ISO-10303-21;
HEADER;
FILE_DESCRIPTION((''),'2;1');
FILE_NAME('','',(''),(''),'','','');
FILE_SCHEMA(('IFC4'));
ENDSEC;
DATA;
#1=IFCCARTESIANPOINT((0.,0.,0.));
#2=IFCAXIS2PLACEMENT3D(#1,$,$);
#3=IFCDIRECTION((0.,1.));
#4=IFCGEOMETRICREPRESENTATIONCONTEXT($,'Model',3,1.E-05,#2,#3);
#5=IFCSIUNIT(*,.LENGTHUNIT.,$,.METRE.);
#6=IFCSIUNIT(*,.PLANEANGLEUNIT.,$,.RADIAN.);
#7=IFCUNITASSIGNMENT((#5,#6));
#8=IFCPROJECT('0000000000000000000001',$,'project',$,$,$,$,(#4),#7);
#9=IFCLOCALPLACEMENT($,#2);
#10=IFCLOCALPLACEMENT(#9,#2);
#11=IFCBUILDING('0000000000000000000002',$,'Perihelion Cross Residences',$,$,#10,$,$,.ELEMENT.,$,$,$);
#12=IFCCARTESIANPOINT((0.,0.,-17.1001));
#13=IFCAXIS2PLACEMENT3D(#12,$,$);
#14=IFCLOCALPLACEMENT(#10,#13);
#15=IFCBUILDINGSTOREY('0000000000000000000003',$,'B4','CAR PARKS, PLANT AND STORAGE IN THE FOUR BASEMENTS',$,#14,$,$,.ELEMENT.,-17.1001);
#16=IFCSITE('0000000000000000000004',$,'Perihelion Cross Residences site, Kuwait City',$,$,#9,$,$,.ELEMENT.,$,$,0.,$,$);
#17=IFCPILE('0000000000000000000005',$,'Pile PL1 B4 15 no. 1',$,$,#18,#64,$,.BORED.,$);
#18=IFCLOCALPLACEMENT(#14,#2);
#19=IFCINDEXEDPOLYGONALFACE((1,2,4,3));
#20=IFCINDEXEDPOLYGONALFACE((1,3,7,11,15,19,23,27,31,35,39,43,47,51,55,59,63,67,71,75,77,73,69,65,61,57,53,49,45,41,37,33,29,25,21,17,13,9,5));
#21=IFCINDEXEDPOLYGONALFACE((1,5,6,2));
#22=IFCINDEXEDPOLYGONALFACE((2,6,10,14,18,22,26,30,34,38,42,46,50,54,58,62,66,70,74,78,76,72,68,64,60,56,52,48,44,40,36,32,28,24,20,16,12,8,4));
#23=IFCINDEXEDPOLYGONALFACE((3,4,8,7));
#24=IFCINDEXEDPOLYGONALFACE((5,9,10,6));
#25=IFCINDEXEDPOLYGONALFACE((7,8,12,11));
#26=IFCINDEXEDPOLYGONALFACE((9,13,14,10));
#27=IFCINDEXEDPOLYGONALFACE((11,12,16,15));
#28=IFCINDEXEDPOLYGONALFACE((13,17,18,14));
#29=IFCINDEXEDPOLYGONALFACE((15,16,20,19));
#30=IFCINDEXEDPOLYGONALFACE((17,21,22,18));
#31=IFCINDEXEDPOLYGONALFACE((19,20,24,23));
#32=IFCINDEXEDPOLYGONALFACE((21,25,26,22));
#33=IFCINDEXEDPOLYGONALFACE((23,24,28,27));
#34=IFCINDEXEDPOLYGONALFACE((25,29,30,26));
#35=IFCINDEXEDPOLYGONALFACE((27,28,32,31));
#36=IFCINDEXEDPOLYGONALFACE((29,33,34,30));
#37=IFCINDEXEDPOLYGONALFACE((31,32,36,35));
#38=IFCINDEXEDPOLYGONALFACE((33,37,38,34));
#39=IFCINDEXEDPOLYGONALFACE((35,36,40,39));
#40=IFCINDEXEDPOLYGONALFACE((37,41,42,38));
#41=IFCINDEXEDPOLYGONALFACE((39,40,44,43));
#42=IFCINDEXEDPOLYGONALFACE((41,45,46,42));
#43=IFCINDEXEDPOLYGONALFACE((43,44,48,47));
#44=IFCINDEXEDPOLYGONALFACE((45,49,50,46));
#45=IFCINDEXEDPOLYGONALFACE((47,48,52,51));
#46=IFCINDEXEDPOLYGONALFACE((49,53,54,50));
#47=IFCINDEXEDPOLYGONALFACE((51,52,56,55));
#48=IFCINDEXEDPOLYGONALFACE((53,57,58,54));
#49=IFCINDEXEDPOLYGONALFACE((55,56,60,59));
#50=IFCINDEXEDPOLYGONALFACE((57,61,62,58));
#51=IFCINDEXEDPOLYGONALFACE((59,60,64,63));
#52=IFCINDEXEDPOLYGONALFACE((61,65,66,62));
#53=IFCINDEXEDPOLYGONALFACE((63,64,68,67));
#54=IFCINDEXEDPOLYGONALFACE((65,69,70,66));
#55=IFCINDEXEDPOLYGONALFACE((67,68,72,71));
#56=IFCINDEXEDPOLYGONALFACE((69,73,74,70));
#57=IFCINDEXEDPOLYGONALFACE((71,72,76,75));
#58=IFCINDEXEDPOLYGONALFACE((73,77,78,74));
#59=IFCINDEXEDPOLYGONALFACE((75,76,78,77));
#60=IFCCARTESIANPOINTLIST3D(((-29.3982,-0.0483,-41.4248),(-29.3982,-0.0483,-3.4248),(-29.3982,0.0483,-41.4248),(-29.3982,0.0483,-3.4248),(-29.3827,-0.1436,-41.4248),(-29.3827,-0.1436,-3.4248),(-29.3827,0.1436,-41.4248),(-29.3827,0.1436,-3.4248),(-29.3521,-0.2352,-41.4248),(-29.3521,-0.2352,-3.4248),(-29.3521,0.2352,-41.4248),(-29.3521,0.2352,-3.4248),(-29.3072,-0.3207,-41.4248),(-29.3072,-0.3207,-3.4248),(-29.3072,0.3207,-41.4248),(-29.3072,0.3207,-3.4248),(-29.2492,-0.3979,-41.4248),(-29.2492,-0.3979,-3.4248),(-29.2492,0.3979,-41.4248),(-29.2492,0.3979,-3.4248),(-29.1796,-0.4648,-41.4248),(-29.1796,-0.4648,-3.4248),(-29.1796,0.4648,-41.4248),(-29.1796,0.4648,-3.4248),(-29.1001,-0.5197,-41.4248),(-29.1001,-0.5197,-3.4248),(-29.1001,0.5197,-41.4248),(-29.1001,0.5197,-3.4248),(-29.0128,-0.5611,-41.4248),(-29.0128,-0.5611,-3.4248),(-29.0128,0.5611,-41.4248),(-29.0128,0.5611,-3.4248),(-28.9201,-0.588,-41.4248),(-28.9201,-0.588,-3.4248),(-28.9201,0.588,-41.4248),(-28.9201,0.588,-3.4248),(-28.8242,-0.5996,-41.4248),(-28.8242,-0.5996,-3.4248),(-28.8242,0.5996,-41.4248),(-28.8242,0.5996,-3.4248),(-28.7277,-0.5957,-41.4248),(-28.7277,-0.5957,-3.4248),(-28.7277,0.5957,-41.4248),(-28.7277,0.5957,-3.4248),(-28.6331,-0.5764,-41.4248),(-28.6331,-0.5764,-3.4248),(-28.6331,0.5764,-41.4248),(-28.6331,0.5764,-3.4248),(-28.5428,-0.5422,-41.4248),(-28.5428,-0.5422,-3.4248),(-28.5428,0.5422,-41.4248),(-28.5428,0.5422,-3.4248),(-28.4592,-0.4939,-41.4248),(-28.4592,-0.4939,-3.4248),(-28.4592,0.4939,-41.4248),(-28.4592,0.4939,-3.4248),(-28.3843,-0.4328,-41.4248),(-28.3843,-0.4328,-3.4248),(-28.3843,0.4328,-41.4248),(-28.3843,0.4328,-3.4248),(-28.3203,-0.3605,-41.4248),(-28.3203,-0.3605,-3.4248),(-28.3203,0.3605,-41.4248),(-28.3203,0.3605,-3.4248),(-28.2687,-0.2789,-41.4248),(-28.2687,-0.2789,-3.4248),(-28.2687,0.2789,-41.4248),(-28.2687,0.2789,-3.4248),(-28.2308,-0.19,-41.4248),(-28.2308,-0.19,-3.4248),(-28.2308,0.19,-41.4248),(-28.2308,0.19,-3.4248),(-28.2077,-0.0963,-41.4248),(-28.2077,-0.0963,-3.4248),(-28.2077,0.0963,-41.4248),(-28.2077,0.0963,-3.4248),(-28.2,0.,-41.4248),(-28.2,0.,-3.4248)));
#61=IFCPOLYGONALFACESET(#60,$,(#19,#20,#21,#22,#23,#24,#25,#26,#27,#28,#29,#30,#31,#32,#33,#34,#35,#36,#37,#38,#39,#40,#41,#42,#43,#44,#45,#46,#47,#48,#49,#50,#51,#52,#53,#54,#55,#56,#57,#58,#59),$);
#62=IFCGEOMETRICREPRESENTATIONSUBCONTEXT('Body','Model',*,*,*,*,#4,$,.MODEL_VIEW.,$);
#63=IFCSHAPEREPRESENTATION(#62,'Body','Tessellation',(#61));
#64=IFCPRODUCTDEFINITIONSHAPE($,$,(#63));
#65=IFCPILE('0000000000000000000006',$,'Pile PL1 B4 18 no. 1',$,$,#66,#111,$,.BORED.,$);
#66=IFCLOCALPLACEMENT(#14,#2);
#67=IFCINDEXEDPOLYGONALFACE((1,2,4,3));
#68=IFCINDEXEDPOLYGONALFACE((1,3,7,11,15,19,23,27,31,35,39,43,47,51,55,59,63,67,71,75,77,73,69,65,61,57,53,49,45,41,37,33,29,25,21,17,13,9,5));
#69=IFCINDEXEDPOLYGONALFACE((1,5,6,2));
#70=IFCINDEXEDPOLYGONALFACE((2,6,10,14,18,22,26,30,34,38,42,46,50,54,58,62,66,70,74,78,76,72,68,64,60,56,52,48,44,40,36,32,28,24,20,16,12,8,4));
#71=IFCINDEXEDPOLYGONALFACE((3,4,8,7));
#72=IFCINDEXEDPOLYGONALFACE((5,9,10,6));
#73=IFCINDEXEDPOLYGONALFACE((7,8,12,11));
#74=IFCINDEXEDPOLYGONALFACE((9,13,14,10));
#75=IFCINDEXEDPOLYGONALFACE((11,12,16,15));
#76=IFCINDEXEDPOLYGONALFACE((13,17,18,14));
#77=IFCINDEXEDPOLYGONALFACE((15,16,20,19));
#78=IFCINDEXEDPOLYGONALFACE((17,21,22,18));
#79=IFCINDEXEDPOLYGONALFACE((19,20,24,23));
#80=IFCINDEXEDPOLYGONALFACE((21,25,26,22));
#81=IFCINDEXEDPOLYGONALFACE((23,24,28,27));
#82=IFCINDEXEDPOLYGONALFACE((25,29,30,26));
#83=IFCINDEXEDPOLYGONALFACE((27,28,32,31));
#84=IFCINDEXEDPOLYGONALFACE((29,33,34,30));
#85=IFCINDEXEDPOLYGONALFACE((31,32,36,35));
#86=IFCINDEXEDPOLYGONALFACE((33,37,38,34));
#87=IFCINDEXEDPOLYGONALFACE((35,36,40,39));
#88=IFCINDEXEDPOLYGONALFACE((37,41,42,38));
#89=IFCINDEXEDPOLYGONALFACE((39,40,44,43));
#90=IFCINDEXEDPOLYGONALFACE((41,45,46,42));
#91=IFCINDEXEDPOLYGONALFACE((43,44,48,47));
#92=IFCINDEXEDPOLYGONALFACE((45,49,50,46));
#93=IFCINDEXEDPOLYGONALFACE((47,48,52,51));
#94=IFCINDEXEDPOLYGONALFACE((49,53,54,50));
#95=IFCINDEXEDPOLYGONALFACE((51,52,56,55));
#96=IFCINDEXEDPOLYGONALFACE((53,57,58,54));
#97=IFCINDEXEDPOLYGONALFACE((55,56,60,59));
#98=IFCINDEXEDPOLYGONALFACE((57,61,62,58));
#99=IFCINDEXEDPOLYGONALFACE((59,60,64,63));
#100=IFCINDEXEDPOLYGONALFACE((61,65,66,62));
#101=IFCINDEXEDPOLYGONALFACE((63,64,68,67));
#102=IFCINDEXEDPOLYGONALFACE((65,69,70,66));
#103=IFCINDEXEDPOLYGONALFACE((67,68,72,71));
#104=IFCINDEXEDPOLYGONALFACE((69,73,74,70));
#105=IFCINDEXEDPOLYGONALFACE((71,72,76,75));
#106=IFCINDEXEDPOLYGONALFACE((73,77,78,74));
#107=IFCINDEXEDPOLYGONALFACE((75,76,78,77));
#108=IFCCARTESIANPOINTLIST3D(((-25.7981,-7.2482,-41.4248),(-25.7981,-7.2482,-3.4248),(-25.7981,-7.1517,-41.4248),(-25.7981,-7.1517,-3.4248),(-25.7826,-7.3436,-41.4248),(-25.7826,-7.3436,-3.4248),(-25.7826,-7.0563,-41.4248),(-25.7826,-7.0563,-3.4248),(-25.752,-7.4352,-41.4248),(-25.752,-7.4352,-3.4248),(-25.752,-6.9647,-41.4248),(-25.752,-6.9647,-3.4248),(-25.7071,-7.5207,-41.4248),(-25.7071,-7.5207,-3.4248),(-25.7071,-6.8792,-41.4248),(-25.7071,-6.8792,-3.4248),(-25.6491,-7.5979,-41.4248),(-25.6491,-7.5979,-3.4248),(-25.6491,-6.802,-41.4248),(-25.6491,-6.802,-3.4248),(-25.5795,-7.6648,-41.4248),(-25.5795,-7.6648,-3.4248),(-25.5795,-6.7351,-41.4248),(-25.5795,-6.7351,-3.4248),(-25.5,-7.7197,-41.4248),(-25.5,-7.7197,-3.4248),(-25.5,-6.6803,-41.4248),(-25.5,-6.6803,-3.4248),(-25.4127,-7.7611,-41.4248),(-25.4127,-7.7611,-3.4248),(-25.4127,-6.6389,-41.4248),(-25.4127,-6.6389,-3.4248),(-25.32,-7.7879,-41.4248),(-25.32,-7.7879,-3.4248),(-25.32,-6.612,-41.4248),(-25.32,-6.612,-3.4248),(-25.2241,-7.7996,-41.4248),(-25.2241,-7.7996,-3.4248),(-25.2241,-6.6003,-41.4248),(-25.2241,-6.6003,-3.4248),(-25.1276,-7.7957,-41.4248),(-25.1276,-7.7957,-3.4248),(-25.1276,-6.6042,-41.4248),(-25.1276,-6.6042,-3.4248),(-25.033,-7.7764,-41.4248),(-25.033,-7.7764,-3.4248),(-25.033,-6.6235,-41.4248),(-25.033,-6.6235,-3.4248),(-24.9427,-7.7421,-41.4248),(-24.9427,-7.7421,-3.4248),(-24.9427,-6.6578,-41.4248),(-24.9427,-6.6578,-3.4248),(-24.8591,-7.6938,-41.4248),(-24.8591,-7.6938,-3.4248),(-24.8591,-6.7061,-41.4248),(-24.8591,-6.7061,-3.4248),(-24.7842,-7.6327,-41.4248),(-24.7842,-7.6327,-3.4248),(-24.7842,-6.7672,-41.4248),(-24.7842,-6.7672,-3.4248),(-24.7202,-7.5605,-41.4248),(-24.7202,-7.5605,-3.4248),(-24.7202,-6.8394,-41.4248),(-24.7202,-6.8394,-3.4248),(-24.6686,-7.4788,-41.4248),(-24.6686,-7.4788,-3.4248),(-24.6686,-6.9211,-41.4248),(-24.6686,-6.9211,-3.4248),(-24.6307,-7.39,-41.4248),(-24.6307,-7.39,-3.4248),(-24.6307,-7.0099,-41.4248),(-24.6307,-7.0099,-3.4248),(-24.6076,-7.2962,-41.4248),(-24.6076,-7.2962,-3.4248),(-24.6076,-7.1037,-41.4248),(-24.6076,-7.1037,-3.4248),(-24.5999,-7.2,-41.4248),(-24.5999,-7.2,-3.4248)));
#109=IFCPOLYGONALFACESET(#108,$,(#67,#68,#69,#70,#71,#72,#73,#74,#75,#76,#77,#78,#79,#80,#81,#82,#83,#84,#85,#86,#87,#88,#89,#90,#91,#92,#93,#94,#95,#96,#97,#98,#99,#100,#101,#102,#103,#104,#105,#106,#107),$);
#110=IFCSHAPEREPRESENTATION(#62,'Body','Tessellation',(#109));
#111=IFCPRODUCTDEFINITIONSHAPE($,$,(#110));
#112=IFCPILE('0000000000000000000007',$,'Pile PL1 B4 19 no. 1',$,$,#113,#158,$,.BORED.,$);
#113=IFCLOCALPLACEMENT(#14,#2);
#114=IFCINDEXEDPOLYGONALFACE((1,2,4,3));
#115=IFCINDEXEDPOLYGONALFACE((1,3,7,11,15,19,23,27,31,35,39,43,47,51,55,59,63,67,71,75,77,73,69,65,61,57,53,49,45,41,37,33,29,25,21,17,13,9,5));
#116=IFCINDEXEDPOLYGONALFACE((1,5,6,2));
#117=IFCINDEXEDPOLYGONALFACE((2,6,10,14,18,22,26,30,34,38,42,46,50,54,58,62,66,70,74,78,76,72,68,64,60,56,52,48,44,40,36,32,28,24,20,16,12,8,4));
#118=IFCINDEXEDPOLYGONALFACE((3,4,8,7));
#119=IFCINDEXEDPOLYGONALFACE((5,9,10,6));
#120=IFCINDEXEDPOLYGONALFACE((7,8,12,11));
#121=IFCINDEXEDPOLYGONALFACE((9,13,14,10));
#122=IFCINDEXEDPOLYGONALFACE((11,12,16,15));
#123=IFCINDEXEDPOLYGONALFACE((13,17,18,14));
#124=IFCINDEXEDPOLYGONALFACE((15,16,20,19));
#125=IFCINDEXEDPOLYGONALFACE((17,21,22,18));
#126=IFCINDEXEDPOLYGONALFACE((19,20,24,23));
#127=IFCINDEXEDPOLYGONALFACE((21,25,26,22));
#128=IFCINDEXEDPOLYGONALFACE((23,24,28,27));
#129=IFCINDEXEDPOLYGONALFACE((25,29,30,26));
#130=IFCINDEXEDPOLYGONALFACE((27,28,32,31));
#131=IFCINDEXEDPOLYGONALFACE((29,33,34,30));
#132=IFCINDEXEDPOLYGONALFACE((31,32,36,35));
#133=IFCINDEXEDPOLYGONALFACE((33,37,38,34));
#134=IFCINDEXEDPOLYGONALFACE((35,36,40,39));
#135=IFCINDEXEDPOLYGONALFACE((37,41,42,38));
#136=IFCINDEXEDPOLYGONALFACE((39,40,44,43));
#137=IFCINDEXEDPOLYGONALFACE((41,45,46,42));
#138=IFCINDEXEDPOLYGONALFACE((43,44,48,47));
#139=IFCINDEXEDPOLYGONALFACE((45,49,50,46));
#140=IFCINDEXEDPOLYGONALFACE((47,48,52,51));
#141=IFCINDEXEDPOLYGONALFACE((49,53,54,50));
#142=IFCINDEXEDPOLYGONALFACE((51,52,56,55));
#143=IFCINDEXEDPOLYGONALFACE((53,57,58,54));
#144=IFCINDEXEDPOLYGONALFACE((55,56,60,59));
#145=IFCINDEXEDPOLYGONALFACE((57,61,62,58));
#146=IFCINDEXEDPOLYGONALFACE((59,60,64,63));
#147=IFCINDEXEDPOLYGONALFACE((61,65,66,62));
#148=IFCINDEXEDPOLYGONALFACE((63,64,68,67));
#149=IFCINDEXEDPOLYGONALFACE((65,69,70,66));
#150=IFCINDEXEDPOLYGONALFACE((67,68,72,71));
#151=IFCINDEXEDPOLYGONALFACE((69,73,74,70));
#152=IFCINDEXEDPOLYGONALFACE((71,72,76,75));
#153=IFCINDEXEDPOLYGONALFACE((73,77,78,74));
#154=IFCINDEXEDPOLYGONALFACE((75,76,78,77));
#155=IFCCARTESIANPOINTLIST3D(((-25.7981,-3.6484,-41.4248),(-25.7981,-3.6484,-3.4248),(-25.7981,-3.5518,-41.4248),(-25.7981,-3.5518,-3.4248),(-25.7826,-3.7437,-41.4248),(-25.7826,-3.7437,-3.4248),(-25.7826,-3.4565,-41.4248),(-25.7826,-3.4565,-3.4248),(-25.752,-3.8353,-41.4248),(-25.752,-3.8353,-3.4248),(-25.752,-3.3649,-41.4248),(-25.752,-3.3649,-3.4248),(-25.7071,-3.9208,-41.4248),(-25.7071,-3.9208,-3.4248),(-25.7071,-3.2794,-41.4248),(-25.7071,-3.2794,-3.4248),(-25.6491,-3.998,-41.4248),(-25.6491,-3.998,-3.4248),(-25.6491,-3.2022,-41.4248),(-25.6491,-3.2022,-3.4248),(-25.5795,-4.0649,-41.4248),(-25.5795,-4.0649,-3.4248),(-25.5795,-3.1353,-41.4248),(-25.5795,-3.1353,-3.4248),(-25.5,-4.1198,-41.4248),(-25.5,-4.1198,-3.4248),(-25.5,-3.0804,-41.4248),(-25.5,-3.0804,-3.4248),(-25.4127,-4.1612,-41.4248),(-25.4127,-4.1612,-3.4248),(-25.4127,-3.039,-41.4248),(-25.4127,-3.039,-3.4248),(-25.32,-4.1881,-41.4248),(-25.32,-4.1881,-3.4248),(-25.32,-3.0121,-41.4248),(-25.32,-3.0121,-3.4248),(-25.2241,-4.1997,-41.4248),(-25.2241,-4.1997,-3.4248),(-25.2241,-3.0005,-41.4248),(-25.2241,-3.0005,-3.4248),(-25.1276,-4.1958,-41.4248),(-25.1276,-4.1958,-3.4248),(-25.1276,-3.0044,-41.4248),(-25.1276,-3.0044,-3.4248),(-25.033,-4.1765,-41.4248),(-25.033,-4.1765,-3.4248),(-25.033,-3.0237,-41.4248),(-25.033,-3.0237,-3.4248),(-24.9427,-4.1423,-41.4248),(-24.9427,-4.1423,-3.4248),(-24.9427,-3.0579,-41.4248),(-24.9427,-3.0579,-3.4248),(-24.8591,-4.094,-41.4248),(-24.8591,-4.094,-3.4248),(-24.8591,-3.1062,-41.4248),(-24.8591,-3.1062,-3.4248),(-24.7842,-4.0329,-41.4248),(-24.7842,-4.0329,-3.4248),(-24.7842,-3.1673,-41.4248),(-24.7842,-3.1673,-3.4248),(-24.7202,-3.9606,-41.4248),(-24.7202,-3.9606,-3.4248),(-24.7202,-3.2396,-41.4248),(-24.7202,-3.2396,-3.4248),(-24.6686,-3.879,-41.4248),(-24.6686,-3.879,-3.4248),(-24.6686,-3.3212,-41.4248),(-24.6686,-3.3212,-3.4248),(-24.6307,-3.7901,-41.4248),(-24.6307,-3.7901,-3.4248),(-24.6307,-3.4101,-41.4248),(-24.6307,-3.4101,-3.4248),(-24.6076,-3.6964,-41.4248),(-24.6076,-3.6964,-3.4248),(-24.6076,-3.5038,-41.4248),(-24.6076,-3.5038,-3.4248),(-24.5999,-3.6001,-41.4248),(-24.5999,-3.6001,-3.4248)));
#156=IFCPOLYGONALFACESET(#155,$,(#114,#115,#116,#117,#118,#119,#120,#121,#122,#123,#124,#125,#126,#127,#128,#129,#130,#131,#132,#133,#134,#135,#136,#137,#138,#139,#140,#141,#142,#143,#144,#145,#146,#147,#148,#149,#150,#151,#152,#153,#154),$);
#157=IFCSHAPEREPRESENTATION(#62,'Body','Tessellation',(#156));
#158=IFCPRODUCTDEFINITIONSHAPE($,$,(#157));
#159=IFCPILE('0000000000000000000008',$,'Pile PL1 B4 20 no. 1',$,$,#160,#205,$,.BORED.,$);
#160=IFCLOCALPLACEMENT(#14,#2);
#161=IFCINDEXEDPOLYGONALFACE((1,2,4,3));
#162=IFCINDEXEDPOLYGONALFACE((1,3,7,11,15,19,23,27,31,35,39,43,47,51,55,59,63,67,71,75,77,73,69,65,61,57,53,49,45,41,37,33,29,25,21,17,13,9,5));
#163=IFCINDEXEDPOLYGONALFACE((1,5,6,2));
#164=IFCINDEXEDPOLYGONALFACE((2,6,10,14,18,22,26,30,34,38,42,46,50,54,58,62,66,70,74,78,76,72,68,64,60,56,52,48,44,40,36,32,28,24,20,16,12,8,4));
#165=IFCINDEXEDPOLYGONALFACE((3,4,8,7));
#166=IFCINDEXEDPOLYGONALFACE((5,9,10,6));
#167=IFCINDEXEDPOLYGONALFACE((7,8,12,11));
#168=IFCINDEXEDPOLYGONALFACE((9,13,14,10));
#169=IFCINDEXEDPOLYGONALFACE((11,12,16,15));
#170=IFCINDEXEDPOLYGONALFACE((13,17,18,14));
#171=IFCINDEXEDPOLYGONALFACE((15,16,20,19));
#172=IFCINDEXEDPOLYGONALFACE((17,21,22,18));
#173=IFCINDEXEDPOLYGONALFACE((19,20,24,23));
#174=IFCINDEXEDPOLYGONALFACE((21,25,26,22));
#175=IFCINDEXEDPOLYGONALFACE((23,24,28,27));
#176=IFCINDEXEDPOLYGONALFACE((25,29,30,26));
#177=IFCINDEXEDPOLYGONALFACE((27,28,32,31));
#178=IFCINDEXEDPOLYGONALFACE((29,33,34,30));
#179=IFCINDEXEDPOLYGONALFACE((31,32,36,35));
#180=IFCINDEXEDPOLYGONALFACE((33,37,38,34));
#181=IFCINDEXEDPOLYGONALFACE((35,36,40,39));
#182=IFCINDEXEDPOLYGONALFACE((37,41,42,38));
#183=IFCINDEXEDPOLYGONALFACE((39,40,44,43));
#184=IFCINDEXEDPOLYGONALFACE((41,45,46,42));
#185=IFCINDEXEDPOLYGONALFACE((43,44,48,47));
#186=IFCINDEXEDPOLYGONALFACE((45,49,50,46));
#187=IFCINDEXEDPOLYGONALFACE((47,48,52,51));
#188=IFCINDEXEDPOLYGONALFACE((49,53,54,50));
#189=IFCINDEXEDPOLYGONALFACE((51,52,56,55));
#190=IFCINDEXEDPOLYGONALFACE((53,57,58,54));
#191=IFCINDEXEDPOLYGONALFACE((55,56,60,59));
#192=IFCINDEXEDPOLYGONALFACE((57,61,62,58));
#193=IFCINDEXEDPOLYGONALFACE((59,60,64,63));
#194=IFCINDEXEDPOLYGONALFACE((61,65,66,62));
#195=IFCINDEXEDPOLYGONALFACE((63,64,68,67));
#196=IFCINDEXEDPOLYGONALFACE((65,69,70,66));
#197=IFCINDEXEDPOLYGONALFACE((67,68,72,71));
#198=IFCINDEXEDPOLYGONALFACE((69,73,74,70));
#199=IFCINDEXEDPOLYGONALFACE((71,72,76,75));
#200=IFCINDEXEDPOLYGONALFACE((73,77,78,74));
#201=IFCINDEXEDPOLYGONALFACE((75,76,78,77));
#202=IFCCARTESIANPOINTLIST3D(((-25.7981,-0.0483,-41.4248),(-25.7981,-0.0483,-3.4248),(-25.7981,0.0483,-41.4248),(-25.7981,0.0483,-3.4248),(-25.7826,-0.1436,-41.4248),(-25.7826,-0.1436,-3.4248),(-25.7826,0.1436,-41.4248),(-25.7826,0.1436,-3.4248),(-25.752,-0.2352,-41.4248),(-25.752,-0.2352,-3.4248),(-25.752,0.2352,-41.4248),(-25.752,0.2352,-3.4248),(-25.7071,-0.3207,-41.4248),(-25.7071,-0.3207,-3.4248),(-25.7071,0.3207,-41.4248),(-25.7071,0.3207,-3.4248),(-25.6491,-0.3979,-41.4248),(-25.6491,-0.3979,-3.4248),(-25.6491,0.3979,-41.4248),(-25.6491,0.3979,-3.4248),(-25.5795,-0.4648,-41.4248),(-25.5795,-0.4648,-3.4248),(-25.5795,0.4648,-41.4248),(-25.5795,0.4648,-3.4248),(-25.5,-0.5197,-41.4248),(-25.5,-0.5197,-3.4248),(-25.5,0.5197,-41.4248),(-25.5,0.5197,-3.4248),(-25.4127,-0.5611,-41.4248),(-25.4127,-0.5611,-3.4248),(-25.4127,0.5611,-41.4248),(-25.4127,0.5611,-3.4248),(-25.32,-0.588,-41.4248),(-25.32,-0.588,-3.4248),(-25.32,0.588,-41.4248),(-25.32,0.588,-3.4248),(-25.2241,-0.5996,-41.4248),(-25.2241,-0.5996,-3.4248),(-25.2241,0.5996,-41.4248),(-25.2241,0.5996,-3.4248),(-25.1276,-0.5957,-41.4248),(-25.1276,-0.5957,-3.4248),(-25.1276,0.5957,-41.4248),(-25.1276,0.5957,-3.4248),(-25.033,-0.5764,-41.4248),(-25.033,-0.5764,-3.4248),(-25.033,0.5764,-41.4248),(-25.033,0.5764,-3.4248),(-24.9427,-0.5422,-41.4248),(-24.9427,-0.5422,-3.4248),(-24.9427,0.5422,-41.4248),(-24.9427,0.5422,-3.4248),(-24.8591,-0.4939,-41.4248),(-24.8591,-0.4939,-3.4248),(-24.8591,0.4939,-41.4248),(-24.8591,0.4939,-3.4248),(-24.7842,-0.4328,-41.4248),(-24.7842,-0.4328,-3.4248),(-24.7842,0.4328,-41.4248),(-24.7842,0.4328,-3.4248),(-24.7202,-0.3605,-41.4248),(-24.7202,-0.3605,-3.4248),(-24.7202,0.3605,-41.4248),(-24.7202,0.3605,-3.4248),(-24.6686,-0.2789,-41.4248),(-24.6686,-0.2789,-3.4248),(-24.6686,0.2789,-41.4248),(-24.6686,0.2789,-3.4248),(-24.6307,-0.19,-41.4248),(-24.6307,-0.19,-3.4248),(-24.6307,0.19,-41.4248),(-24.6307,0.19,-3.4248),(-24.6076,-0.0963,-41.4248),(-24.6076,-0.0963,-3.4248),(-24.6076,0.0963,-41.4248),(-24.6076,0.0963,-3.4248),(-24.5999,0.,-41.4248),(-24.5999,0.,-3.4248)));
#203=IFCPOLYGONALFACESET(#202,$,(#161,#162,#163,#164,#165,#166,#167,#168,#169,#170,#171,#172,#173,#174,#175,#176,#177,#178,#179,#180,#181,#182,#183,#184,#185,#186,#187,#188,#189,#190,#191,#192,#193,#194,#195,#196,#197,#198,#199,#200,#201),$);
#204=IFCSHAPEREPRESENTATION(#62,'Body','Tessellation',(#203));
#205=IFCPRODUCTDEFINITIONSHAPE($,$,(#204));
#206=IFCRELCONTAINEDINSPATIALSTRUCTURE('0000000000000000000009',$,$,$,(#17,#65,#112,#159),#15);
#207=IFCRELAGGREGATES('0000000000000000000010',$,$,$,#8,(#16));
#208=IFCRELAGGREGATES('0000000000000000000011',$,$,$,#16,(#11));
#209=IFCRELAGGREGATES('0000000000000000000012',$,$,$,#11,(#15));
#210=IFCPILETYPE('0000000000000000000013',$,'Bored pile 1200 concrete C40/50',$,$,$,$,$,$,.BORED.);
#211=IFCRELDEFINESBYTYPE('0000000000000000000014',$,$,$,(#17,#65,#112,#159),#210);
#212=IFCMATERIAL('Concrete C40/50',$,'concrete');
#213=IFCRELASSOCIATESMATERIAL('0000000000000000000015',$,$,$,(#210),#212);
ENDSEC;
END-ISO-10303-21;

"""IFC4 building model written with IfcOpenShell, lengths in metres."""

from ifc_helpers import new_model, si_unit, direction, frame, origin, origin_2d, place, context, subcontext, project, spatial, circle, extrude, material, type_object, element, save


model = new_model("IFC4")

# Units and contexts
model_context = context("Model", 3, precision=1e-05, world=origin(), true_north=direction((0.0, 1.0)))
body_context = subcontext(model_context, "Body", "Model", "MODEL_VIEW")
ifc_project = project(units=[si_unit("LENGTHUNIT", "METRE"), si_unit("PLANEANGLEUNIT", "RADIAN")], contexts=[model_context])

# Site, building, storey
site_placement = place(None, origin())
site = spatial("IfcSite", under=ifc_project, at=site_placement, Name="Perihelion Cross Residences site, Kuwait City", CompositionType="ELEMENT", RefElevation=0.0)
building_placement = place(site_placement, origin())
building = spatial("IfcBuilding", under=site, at=building_placement, Name="Perihelion Cross Residences", CompositionType="ELEMENT")
storey_placement = place(building_placement, frame((0.0, 0.0, -17.1001)))
storey = spatial("IfcBuildingStorey", under=building, at=storey_placement, Name="B4", Description="CAR PARKS, PLANT AND STORAGE IN THE FOUR BASEMENTS", CompositionType="ELEMENT", Elevation=-17.1001)

# Piles
ifc_material_1 = material(Name="Concrete C40/50", Category="concrete")
pile_type = type_object("IfcPileType", Name="Bored pile 1200 concrete C40/50", PredefinedType="BORED", material=ifc_material_1)
for number, where, z_axis, x_axis, name in (
    (1, (-28.8, 0.0, -3.4248), (0.0, 0.0, -1.0), (1.0, 0.0, 0.0), "Pile PL1 B4 15 no. 1"),
    (2, (-25.2, -7.2, -3.4248), (0.0, 0.0, -1.0), (1.0, 0.0, 0.0), "Pile PL1 B4 18 no. 1"),
    (3, (-25.2, -3.6001, -3.4248), (0.0, 0.0, -1.0), (1.0, 0.0, 0.0), "Pile PL1 B4 19 no. 1"),
    (4, (-25.2, 0.0, -3.4248), (0.0, 0.0, -1.0), (1.0, 0.0, 0.0), "Pile PL1 B4 20 no. 1"),
):
    element("IfcPile", number, at=place(storey_placement, frame(where, z_axis=z_axis, x_axis=x_axis)), inside=storey, type_object=pile_type, Name=name, PredefinedType="BORED", context=body_context, shape_type="SweptSolid", body=[
        extrude(circle(Radius=0.6001, at=origin_2d()), origin(), (0.0, 0.0, 1.0), 38.0),
    ])

save(model, "model.ifc")
